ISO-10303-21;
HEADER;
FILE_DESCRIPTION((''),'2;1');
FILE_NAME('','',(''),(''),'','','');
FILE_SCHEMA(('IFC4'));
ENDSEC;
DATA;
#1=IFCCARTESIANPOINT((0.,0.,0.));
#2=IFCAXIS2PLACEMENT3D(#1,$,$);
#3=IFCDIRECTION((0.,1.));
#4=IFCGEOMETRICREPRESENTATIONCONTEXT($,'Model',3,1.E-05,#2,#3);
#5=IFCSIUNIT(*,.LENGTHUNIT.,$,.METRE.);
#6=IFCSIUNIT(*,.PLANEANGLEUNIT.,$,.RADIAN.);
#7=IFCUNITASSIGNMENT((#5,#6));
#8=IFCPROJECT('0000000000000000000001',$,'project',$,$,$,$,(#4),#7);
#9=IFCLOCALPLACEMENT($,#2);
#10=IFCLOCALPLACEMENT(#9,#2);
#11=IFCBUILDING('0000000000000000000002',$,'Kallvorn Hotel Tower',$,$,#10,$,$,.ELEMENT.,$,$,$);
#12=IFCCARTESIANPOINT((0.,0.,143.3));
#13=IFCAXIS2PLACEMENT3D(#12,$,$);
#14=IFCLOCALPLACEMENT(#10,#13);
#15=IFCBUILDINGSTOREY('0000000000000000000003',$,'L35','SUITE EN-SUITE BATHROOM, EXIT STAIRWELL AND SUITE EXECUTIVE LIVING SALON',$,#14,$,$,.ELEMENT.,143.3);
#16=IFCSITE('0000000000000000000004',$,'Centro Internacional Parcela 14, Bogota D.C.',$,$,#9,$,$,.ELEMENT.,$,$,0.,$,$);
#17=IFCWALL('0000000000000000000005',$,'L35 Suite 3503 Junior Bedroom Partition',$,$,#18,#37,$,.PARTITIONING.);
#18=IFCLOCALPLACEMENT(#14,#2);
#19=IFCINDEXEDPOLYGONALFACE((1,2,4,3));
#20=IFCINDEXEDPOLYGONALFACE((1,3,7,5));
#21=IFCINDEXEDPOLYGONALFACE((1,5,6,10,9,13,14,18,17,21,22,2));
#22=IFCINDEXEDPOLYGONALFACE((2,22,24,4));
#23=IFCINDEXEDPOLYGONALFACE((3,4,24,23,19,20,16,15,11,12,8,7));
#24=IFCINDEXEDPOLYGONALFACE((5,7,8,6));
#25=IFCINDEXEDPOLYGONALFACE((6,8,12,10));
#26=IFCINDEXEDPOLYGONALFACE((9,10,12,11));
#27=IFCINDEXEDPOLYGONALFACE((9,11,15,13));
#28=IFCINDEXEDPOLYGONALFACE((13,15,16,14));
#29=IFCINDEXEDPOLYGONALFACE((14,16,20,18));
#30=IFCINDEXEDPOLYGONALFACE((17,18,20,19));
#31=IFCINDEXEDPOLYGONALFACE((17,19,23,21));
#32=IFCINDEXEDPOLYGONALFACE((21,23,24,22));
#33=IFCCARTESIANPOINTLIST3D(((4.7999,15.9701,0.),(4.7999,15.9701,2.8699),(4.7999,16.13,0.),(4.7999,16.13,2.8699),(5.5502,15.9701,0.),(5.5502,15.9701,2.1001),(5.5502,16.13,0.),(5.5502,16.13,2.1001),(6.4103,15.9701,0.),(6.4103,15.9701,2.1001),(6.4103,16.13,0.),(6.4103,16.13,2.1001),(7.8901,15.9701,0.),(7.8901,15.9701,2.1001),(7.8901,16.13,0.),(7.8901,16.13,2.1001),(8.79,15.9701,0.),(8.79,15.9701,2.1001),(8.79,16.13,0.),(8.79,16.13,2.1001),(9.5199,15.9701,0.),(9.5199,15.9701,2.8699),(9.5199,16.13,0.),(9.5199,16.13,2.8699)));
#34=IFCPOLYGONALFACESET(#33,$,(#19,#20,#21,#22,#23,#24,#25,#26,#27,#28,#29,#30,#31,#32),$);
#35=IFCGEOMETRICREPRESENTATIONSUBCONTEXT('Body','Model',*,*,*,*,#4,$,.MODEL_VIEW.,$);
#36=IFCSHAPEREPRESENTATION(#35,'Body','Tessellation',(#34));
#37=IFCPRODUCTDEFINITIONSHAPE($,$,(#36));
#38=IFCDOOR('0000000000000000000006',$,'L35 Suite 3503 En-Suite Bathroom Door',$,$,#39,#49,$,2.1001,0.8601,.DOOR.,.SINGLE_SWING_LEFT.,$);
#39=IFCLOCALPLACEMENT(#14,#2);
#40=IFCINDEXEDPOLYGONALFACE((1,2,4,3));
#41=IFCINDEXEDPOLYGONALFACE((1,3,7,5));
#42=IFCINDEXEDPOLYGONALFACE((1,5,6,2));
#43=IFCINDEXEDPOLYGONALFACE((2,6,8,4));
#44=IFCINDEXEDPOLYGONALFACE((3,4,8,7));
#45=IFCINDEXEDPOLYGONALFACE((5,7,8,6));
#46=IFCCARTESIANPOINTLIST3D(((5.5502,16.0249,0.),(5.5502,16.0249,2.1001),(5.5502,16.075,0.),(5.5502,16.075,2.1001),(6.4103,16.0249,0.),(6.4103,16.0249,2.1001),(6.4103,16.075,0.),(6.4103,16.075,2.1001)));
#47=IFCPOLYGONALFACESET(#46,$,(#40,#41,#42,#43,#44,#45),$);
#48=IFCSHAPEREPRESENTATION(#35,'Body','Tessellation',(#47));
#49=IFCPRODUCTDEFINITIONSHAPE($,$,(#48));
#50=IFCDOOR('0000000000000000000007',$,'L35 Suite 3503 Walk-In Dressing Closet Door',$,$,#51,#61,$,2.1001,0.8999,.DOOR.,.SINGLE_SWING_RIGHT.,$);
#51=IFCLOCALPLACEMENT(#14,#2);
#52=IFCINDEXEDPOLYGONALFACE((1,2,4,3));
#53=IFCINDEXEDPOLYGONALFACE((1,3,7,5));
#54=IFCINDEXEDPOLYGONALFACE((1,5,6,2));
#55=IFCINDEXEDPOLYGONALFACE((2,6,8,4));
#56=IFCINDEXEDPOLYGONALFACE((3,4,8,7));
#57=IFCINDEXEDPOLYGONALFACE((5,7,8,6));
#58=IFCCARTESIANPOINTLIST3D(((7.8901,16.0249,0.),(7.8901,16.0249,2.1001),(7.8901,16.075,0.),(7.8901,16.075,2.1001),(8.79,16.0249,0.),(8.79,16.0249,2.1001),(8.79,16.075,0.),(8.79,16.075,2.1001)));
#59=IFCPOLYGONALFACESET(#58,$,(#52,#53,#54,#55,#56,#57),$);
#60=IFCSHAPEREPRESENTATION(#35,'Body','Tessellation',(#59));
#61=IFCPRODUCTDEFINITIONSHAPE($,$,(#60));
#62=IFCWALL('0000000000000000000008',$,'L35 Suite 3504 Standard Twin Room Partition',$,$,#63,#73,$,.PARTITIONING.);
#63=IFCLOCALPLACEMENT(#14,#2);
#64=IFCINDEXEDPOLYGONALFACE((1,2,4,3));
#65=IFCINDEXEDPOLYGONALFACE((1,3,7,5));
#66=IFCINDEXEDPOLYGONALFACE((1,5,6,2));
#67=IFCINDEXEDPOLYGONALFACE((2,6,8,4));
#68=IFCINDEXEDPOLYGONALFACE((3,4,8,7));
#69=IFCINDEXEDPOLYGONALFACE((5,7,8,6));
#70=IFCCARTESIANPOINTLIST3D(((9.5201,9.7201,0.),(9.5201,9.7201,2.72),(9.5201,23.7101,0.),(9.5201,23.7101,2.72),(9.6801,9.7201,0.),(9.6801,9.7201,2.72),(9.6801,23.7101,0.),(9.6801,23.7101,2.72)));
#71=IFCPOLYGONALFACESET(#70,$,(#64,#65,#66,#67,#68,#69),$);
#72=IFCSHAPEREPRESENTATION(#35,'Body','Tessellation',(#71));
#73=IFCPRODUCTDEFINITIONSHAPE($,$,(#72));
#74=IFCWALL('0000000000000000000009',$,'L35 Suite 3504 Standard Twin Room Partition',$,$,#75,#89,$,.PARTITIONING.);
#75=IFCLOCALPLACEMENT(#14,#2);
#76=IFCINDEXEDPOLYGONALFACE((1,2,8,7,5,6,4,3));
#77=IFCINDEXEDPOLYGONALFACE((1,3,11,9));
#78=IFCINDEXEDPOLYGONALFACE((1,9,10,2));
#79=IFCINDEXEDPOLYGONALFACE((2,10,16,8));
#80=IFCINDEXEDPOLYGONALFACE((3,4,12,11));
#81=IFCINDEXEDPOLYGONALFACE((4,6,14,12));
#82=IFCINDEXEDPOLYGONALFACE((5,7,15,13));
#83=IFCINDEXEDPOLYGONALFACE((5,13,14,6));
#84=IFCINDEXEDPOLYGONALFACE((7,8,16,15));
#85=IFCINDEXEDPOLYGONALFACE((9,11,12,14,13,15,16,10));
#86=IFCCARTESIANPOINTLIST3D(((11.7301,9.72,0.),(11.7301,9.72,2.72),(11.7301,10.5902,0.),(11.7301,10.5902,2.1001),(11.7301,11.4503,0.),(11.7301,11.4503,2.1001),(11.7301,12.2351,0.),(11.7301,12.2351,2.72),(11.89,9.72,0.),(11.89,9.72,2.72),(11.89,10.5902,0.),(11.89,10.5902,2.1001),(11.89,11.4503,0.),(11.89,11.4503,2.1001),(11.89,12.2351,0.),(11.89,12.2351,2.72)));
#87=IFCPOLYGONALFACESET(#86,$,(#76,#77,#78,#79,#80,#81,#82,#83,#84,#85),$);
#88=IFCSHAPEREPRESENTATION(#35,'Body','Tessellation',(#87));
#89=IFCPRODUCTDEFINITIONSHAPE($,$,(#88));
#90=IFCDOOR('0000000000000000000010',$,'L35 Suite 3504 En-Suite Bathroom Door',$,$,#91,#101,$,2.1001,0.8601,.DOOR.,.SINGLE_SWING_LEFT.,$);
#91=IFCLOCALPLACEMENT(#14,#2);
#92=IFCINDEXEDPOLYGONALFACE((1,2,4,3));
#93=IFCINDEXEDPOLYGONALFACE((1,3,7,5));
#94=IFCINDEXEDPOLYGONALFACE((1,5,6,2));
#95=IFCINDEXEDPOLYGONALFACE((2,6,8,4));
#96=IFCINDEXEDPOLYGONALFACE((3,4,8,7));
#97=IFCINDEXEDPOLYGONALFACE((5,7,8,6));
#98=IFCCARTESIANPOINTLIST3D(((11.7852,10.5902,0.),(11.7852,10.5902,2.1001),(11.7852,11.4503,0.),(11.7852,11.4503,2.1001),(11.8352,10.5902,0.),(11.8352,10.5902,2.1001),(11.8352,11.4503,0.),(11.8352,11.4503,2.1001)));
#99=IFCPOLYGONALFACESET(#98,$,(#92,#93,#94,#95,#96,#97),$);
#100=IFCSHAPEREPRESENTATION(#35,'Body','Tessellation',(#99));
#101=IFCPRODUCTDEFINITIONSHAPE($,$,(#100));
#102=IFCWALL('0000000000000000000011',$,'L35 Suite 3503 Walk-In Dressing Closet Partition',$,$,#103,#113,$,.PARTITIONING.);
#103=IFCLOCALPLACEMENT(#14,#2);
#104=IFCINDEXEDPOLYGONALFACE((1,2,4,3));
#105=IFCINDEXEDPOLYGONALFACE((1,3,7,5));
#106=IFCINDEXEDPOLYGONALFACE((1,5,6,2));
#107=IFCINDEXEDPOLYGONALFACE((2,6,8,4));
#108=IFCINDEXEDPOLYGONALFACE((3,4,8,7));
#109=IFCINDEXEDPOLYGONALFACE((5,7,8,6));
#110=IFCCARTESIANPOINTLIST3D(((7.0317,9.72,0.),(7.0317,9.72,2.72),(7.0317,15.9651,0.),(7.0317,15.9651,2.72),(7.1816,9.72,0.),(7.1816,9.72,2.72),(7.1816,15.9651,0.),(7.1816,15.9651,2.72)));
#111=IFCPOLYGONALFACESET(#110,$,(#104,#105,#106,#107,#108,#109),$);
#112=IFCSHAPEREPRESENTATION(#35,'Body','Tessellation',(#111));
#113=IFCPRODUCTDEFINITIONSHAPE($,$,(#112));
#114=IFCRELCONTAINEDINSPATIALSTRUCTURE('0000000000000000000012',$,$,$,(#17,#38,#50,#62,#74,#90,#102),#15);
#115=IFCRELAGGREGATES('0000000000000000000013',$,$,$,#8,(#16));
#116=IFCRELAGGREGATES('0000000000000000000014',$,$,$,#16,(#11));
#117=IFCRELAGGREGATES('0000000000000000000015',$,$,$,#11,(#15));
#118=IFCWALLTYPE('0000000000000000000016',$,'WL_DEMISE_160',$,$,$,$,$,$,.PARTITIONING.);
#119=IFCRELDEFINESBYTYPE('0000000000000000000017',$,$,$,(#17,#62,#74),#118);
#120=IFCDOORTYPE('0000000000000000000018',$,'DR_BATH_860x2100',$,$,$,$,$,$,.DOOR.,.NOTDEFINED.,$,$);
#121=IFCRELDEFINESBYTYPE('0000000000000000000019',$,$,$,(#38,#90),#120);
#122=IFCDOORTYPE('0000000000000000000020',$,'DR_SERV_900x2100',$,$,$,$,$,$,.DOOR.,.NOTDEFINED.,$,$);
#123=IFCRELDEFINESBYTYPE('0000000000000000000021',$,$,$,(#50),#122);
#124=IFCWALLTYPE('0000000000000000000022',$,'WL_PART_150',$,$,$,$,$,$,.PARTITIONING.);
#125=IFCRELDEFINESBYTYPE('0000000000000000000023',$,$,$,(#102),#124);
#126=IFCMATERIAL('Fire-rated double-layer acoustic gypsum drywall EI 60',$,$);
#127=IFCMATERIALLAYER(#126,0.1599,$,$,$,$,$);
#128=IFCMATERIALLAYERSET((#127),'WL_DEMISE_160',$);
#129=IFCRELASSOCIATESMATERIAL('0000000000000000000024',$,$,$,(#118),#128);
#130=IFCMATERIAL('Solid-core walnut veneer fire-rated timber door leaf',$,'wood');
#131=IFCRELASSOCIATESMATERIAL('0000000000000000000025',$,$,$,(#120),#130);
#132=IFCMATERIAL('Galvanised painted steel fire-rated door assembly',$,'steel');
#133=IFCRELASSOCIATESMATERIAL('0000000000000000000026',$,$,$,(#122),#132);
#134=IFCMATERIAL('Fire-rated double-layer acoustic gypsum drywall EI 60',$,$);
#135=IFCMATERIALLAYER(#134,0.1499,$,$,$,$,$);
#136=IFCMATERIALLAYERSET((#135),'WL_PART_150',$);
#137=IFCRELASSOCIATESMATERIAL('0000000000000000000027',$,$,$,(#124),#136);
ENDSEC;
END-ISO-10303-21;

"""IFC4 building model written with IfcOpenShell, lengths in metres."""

from ifc_helpers import new_model, si_unit, direction, frame, frame_2d, origin, place, context, subcontext, project, spatial, rectangle, extrude, material, layer, layer_set, type_object, element, fill, save


model = new_model("IFC4")

# Units and contexts
model_context = context("Model", 3, precision=1e-05, world=origin(), true_north=direction((0.0, 1.0)))
body_context = subcontext(model_context, "Body", "Model", "MODEL_VIEW")
ifc_project = project(units=[si_unit("LENGTHUNIT", "METRE"), si_unit("PLANEANGLEUNIT", "RADIAN")], contexts=[model_context])

# Site, building, storey
site_placement = place(None, origin())
site = spatial("IfcSite", under=ifc_project, at=site_placement, Name="Centro Internacional Parcela 14, Bogota D.C.", CompositionType="ELEMENT", RefElevation=0.0)
building_placement = place(site_placement, origin())
building = spatial("IfcBuilding", under=site, at=building_placement, Name="Kallvorn Hotel Tower", CompositionType="ELEMENT")
storey_placement = place(building_placement, frame((0.0, 0.0, 143.3)))
storey = spatial("IfcBuildingStorey", under=building, at=storey_placement, Name="L35", Description="SUITE EN-SUITE BATHROOM, EXIT STAIRWELL AND SUITE EXECUTIVE LIVING SALON", CompositionType="ELEMENT", Elevation=143.3)

# Shared definitions
ifc_material_1 = material(Name="Fire-rated double-layer acoustic gypsum drywall EI 60")
ifc_layer_1 = layer(ifc_material_1, 0.1599)
ifc_layer_set_1 = layer_set([ifc_layer_1], Name="WL_DEMISE_160")
wall_type_1 = type_object("IfcWallType", Name="WL_DEMISE_160", PredefinedType="PARTITIONING", material=ifc_layer_set_1)

# Wall, openings, doors
wall_1_placement = place(storey_placement, frame((4.8, 16.05, 0.0), z_axis=(0.0, 0.0, 1.0), x_axis=(1.0, 0.0, 0.0)))
wall_1 = element("IfcWall", 1, at=wall_1_placement, inside=storey, type_object=wall_type_1, Name="L35 Suite 3503 Junior Bedroom Partition", PredefinedType="PARTITIONING", context=body_context, shape_type="SweptSolid", body=[
    extrude(rectangle(XDim=4.72, YDim=0.1599, at=frame_2d((2.3599, 0.0))), origin(), (0.0, 0.0, 1.0), 2.8699),
])
opening_1_placement = place(wall_1_placement, frame((0.75, 0.0, 0.0)))
opening_1 = element("IfcOpeningElement", 2, at=opening_1_placement, cuts=wall_1, PredefinedType="OPENING", context=body_context, shape_type="SweptSolid", body=[
    extrude(rectangle(XDim=0.8601, YDim=2.1001, at=frame_2d((0.4302, 1.05))), frame((0.0, 0.095, 0.0), z_axis=(0.0, -1.0, 0.0), x_axis=(1.0, 0.0, 0.0)), (0.0, 0.0, 1.0), 0.1899),
])
opening_2_placement = place(wall_1_placement, frame((3.0901, 0.0, 0.0)))
opening_2 = element("IfcOpeningElement", 3, at=opening_2_placement, cuts=wall_1, PredefinedType="OPENING", context=body_context, shape_type="SweptSolid", body=[
    extrude(rectangle(XDim=0.8999, YDim=2.1001, at=frame_2d((0.45, 1.05))), frame((0.0, 0.095, 0.0), z_axis=(0.0, -1.0, 0.0), x_axis=(1.0, 0.0, 0.0)), (0.0, 0.0, 1.0), 0.1899),
])
ifc_material_2 = material(Name="Solid-core walnut veneer fire-rated timber door leaf", Category="wood")
door_type_1 = type_object("IfcDoorType", Name="DR_BATH_860x2100", OperationType="NOTDEFINED", PredefinedType="DOOR", material=ifc_material_2)
door_1_placement = place(opening_1_placement, origin())
door_1 = element("IfcDoor", 4, at=door_1_placement, inside=storey, type_object=door_type_1, Name="L35 Suite 3503 En-Suite Bathroom Door", OperationType="SINGLE_SWING_LEFT", OverallHeight=2.1001, OverallWidth=0.8601, PredefinedType="DOOR", context=body_context, shape_type="SweptSolid", body=[
    extrude(rectangle(XDim=0.8601, YDim=2.1001, at=frame_2d((0.4302, 1.05))), frame((0.0, 0.0249, 0.0), z_axis=(0.0, -1.0, 0.0), x_axis=(1.0, 0.0, 0.0)), (0.0, 0.0, 1.0), 0.05),
])
fill(opening_1, door_1)
ifc_material_3 = material(Name="Galvanised painted steel fire-rated door assembly", Category="steel")
door_type_2 = type_object("IfcDoorType", Name="DR_SERV_900x2100", OperationType="NOTDEFINED", PredefinedType="DOOR", material=ifc_material_3)
door_2_placement = place(opening_2_placement, origin())
door_2 = element("IfcDoor", 5, at=door_2_placement, inside=storey, type_object=door_type_2, Name="L35 Suite 3503 Walk-In Dressing Closet Door", OperationType="SINGLE_SWING_RIGHT", OverallHeight=2.1001, OverallWidth=0.8999, PredefinedType="DOOR", context=body_context, shape_type="SweptSolid", body=[
    extrude(rectangle(XDim=0.8999, YDim=2.1001, at=frame_2d((0.45, 1.05))), frame((0.0, 0.0249, 0.0), z_axis=(0.0, -1.0, 0.0), x_axis=(1.0, 0.0, 0.0)), (0.0, 0.0, 1.0), 0.05),
])
fill(opening_2, door_2)

# Wall
wall_2_placement = place(storey_placement, frame((9.6001, 9.72, 0.0), z_axis=(0.0, 0.0, 1.0), x_axis=(0.0, 1.0, 0.0)))
element("IfcWall", 6, at=wall_2_placement, inside=storey, type_object=wall_type_1, Name="L35 Suite 3504 Standard Twin Room Partition", PredefinedType="PARTITIONING", context=body_context, shape_type="SweptSolid", body=[
    extrude(rectangle(XDim=13.99, YDim=0.1599, at=frame_2d((6.9951, 0.0))), origin(), (0.0, 0.0, 1.0), 2.72),
])

# Wall, opening, door
wall_3_placement = place(storey_placement, frame((11.8101, 9.72, 0.0), z_axis=(0.0, 0.0, 1.0), x_axis=(0.0, 1.0, 0.0)))
wall_3 = element("IfcWall", 7, at=wall_3_placement, inside=storey, type_object=wall_type_1, Name="L35 Suite 3504 Standard Twin Room Partition", PredefinedType="PARTITIONING", context=body_context, shape_type="SweptSolid", body=[
    extrude(rectangle(XDim=2.5151, YDim=0.1599, at=frame_2d((1.2576, 0.0))), origin(), (0.0, 0.0, 1.0), 2.72),
])
opening_3_placement = place(wall_3_placement, frame((0.8701, 0.0, 0.0)))
opening_3 = element("IfcOpeningElement", 8, at=opening_3_placement, cuts=wall_3, PredefinedType="OPENING", context=body_context, shape_type="SweptSolid", body=[
    extrude(rectangle(XDim=0.8601, YDim=2.1001, at=frame_2d((0.4302, 1.05))), frame((0.0, 0.095, 0.0), z_axis=(0.0, -1.0, 0.0), x_axis=(1.0, 0.0, 0.0)), (0.0, 0.0, 1.0), 0.1899),
])
door_3_placement = place(opening_3_placement, origin())
door_3 = element("IfcDoor", 9, at=door_3_placement, inside=storey, type_object=door_type_1, Name="L35 Suite 3504 En-Suite Bathroom Door", OperationType="SINGLE_SWING_LEFT", OverallHeight=2.1001, OverallWidth=0.8601, PredefinedType="DOOR", context=body_context, shape_type="SweptSolid", body=[
    extrude(rectangle(XDim=0.8601, YDim=2.1001, at=frame_2d((0.4302, 1.05))), frame((0.0, 0.0249, 0.0), z_axis=(0.0, -1.0, 0.0), x_axis=(1.0, 0.0, 0.0)), (0.0, 0.0, 1.0), 0.05),
])
fill(opening_3, door_3)

# Wall
ifc_material_4 = material(Name="Fire-rated double-layer acoustic gypsum drywall EI 60")
ifc_layer_2 = layer(ifc_material_4, 0.1499)
ifc_layer_set_2 = layer_set([ifc_layer_2], Name="WL_PART_150")
wall_type_2 = type_object("IfcWallType", Name="WL_PART_150", PredefinedType="PARTITIONING", material=ifc_layer_set_2)
wall_4_placement = place(storey_placement, frame((7.1067, 9.72, 0.0), z_axis=(0.0, 0.0, 1.0), x_axis=(0.0, 1.0, 0.0)))
element("IfcWall", 10, at=wall_4_placement, inside=storey, type_object=wall_type_2, Name="L35 Suite 3503 Walk-In Dressing Closet Partition", PredefinedType="PARTITIONING", context=body_context, shape_type="SweptSolid", body=[
    extrude(rectangle(XDim=6.2451, YDim=0.1499, at=frame_2d((3.1226, 0.0))), origin(), (0.0, 0.0, 1.0), 2.72),
])

save(model, "model.ifc")
